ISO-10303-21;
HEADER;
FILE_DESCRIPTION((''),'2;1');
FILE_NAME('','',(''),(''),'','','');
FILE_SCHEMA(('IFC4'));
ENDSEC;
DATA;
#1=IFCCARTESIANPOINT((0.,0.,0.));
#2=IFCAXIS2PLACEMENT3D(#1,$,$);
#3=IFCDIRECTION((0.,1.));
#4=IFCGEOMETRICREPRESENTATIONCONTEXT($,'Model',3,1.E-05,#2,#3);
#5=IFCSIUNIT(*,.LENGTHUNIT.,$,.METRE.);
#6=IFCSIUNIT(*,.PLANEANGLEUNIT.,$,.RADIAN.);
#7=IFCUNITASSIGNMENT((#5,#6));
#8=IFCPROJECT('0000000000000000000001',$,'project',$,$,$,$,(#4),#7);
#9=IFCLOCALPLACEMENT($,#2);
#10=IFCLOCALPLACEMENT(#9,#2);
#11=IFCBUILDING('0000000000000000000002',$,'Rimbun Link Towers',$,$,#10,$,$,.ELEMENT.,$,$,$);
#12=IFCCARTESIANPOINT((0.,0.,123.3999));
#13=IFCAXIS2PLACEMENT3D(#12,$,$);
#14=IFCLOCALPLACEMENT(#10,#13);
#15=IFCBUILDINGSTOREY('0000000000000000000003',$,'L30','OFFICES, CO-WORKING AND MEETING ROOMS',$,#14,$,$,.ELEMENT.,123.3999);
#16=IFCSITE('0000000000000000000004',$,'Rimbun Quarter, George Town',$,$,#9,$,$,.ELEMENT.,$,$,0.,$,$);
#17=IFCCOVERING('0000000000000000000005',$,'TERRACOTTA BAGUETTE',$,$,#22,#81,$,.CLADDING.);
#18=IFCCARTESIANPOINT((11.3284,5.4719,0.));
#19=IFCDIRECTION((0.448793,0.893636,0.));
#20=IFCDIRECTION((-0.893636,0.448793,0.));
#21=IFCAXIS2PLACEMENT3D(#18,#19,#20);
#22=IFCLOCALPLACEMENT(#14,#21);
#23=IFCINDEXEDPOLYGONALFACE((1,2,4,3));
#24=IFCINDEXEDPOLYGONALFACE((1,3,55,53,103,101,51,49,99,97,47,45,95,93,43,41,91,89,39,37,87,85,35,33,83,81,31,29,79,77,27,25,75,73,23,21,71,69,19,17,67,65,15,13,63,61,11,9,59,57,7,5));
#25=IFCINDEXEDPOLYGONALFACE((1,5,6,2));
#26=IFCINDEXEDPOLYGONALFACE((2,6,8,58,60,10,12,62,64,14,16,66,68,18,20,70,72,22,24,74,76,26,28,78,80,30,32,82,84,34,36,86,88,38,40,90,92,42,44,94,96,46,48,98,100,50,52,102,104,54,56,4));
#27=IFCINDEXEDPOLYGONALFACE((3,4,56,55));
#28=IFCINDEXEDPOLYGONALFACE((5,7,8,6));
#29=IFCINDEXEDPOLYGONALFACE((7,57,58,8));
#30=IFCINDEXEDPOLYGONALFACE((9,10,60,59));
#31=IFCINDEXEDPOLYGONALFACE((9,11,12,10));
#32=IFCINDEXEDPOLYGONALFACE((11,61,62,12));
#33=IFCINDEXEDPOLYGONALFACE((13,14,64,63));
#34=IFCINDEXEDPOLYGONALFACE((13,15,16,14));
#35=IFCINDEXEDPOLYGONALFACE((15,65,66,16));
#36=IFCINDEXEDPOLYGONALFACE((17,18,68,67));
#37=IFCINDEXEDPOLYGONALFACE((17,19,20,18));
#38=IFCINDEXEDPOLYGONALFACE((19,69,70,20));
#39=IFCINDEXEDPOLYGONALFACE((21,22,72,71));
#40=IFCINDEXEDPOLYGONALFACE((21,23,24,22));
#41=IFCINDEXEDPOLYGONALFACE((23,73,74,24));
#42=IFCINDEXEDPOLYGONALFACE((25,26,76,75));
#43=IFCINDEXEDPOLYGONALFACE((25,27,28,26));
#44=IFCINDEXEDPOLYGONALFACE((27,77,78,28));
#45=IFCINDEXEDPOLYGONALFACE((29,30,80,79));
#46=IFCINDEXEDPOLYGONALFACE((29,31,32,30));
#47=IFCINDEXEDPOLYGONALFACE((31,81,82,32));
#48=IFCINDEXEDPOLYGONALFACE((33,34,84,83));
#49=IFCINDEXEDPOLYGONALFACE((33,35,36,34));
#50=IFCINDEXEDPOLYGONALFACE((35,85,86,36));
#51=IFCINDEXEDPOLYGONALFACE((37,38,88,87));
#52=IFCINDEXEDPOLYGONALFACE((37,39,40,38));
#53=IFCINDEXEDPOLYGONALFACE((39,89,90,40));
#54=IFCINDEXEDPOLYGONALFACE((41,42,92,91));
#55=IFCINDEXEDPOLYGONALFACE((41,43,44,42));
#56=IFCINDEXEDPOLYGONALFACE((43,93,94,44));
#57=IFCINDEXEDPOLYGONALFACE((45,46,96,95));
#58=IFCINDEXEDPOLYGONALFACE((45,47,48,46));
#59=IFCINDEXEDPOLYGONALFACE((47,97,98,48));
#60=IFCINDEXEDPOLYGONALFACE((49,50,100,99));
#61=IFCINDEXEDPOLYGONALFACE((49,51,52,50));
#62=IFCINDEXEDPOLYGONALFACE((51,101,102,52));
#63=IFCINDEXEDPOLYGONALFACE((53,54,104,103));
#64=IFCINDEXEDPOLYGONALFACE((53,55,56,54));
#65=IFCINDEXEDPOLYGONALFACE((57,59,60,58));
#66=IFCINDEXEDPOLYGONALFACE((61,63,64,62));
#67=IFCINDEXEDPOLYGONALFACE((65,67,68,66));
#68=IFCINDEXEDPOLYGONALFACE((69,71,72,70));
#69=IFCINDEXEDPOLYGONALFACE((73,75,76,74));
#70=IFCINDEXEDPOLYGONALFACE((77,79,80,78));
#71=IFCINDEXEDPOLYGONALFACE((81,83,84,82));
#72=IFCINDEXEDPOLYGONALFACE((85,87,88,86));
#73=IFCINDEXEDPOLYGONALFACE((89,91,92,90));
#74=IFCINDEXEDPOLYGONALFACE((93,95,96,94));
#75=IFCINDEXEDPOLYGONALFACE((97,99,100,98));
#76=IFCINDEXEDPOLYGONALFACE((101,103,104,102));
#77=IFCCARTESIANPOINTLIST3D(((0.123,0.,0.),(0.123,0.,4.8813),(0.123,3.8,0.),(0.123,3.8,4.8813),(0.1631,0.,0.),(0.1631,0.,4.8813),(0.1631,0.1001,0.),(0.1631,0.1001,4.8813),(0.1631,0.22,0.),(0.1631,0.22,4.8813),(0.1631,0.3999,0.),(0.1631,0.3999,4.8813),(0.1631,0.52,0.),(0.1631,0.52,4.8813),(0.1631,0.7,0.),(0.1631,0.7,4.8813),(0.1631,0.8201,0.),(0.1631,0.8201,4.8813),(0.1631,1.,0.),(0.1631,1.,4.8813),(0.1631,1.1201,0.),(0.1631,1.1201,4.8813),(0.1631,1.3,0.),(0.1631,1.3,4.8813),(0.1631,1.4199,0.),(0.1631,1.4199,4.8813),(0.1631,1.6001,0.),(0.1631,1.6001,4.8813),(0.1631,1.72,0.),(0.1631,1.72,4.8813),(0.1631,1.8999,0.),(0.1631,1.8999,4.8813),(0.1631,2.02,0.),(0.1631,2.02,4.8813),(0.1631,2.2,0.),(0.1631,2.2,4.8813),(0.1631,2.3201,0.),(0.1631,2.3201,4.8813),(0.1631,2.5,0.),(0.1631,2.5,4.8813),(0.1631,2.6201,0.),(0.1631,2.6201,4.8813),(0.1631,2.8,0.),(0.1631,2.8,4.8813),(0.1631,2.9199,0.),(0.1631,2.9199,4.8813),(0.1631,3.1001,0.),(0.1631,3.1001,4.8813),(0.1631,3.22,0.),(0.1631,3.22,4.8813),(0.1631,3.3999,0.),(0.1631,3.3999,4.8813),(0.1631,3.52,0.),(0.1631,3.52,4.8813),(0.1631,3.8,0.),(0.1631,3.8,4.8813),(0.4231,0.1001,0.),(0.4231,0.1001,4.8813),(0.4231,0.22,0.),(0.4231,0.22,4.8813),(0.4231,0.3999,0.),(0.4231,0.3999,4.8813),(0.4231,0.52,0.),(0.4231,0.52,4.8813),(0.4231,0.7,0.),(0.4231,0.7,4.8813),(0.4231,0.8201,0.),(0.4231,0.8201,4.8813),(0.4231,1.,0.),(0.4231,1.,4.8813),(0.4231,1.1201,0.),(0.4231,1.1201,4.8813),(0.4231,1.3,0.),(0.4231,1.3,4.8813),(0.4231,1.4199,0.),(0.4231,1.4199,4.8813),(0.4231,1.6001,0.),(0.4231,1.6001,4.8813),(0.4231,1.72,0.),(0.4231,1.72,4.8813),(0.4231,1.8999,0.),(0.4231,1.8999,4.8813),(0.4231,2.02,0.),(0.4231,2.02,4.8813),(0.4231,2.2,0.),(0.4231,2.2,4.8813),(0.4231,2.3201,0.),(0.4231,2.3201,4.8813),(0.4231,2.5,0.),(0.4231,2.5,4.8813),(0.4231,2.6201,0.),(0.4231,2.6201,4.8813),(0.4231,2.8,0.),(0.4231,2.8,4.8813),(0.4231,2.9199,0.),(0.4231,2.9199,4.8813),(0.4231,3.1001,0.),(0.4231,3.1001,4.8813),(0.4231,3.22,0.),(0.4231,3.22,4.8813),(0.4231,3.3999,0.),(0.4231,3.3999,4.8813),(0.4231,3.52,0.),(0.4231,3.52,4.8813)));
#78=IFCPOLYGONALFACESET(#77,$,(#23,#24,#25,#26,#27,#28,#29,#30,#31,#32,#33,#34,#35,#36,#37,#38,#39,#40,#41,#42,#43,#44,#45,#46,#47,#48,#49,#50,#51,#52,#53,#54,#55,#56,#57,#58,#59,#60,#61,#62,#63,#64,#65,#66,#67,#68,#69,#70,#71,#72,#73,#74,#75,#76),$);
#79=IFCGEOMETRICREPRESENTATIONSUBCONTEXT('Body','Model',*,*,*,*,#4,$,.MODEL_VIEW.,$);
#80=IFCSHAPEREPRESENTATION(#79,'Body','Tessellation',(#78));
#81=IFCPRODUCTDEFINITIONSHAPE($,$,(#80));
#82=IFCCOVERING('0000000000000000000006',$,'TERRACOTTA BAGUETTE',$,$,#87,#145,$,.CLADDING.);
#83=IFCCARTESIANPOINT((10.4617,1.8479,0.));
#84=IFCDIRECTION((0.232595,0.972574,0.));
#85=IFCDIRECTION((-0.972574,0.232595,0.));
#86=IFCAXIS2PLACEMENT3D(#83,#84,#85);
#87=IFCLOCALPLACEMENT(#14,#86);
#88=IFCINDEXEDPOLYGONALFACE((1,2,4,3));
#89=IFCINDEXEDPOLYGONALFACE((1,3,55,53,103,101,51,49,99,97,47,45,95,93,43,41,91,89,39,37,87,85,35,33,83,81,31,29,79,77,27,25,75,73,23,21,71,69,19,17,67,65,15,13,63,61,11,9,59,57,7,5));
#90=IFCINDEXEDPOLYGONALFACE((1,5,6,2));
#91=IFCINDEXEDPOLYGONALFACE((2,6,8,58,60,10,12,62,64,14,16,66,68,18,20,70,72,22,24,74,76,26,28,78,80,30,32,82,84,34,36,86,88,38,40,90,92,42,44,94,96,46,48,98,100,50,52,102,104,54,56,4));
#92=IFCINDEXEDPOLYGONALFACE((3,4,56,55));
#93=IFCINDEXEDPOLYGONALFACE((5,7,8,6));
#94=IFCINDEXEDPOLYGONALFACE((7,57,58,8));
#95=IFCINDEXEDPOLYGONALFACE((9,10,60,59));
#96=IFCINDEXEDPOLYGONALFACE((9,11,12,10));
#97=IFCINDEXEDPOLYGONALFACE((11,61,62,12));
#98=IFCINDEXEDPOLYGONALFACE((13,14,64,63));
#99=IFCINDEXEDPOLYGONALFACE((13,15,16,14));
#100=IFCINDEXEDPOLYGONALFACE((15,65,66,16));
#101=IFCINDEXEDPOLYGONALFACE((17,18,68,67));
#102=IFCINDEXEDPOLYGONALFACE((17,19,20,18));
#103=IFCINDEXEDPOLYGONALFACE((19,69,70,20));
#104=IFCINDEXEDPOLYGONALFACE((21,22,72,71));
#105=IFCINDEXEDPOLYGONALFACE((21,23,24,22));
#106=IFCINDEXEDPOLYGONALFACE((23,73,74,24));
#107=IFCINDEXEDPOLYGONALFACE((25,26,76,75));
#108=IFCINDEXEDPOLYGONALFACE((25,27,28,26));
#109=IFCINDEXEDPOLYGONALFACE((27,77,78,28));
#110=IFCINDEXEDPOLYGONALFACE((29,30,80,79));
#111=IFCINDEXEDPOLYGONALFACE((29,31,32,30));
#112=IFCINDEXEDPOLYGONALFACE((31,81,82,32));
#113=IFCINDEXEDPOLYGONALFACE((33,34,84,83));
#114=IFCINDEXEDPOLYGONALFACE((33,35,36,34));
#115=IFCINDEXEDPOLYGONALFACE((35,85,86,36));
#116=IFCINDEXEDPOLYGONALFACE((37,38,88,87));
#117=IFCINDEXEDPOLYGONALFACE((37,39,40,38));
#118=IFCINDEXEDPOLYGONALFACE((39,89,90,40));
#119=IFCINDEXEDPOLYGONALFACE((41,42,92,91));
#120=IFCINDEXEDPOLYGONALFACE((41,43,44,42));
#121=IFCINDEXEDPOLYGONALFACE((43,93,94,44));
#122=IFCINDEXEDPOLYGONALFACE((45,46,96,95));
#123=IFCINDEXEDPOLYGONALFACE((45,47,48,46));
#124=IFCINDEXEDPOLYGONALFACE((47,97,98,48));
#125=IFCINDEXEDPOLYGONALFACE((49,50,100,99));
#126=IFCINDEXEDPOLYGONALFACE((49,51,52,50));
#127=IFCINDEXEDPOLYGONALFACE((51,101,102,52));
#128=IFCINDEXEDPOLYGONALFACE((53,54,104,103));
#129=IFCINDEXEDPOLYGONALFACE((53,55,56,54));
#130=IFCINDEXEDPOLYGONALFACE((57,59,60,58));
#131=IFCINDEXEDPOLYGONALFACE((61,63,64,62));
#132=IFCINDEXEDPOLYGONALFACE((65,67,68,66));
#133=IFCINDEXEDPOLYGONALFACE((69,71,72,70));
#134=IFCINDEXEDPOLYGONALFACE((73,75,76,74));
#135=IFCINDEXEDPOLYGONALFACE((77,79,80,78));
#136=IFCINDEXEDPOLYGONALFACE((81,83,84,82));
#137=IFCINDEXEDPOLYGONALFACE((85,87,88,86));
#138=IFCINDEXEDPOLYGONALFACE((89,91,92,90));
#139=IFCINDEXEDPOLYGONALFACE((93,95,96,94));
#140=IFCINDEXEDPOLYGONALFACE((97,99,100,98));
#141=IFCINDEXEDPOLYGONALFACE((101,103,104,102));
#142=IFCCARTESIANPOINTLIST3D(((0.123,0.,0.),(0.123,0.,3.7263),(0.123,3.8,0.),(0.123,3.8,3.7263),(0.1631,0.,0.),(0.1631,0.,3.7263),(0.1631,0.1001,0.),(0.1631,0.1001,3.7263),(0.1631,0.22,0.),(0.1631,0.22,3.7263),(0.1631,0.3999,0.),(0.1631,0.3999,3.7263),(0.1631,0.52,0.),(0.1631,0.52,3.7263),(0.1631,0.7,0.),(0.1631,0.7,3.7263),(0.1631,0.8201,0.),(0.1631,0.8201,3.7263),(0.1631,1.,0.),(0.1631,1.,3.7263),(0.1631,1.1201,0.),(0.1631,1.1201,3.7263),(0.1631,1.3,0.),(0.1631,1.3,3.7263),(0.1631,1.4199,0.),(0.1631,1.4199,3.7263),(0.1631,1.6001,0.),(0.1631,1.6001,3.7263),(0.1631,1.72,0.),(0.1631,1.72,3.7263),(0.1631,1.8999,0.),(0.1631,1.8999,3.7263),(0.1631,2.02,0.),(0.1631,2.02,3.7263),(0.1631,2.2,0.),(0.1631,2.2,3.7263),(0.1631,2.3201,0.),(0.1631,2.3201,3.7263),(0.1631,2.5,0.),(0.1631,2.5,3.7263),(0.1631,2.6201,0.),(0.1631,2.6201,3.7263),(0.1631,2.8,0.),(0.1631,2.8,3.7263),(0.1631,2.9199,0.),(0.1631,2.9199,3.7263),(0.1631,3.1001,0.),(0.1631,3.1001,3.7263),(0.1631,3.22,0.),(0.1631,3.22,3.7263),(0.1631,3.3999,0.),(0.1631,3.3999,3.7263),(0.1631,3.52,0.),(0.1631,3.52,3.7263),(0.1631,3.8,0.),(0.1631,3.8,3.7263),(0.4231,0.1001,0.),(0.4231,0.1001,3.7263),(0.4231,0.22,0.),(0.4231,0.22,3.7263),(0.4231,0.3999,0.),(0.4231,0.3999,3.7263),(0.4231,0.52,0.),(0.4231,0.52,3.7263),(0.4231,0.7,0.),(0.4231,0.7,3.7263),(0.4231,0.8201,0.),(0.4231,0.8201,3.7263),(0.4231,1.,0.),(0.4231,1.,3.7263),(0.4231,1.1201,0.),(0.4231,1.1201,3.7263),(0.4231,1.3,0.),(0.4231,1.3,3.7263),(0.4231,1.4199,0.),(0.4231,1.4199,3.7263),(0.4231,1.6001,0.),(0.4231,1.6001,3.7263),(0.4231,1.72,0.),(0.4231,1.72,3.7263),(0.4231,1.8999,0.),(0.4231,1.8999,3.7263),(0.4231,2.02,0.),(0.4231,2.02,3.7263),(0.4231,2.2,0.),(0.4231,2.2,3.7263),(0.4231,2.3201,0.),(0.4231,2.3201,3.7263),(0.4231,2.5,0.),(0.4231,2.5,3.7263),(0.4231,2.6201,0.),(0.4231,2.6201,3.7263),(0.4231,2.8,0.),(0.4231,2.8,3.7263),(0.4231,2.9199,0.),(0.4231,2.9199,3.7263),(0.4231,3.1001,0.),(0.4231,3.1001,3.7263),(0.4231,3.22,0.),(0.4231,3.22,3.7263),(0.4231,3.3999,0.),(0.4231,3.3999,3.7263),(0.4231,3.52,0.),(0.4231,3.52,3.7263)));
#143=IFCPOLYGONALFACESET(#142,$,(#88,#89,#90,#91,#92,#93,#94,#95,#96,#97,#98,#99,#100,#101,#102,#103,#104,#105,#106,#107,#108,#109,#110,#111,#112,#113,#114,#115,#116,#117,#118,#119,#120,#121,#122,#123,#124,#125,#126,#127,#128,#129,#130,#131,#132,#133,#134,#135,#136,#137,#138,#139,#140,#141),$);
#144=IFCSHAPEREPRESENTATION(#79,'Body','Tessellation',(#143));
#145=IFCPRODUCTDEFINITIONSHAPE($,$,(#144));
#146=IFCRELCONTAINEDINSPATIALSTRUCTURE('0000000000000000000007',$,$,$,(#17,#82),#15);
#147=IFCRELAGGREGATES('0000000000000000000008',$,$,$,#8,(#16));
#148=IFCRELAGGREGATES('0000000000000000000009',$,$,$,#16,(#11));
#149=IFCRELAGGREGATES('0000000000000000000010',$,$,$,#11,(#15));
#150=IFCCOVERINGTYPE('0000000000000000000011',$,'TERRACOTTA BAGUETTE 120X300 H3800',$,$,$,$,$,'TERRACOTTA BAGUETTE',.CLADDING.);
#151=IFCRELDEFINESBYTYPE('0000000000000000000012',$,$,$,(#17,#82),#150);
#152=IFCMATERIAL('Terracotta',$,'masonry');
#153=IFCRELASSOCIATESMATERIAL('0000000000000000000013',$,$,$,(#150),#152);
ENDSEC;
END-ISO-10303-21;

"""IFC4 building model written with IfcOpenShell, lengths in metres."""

from ifc_helpers import new_model, si_unit, direction, frame, origin, place, context, subcontext, project, spatial, polyline, outline, extrude, material, material_profile, profile_set, type_object, element, save


model = new_model("IFC4")

# Units and contexts
model_context = context("Model", 3, precision=1e-05, world=origin(), true_north=direction((0.0, 1.0)))
body_context = subcontext(model_context, "Body", "Model", "MODEL_VIEW")
ifc_project = project(units=[si_unit("LENGTHUNIT", "METRE"), si_unit("PLANEANGLEUNIT", "RADIAN")], contexts=[model_context])

# Site, building, storey
site_placement = place(None, origin())
site = spatial("IfcSite", under=ifc_project, at=site_placement, Name="Rimbun Quarter, George Town", CompositionType="ELEMENT", RefElevation=0.0)
building_placement = place(site_placement, origin())
building = spatial("IfcBuilding", under=site, at=building_placement, Name="Rimbun Link Towers", CompositionType="ELEMENT")
storey_placement = place(building_placement, frame((0.0, 0.0, 123.3999)))
storey = spatial("IfcBuildingStorey", under=building, at=storey_placement, Name="L30", Description="OFFICES, CO-WORKING AND MEETING ROOMS", CompositionType="ELEMENT", Elevation=123.3999)

# Coverings
ifc_material_1 = material(Name="Terracotta", Category="masonry")
ifc_material_profile_1 = material_profile(ifc_material_1, outline(polyline([(0.123, 0.0), (0.1631, 0.0), (0.1631, 0.1001), (0.4231, 0.1001), (0.4231, 0.22), (0.1631, 0.22), (0.1631, 0.3999), (0.4231, 0.3999), (0.4231, 0.52), (0.1631, 0.52), (0.1631, 0.7), (0.4231, 0.7), (0.4231, 0.8201), (0.1631, 0.8201), (0.1631, 1.0), (0.4231, 1.0), (0.4231, 1.1201), (0.1631, 1.1201), (0.1631, 1.3), (0.4231, 1.3), (0.4231, 1.4199), (0.1631, 1.4199), (0.1631, 1.6001), (0.4231, 1.6001), (0.4231, 1.72), (0.1631, 1.72), (0.1631, 1.8999), (0.4231, 1.8999), (0.4231, 2.02), (0.1631, 2.02), (0.1631, 2.2), (0.4231, 2.2), (0.4231, 2.3201), (0.1631, 2.3201), (0.1631, 2.5), (0.4231, 2.5), (0.4231, 2.6201), (0.1631, 2.6201), (0.1631, 2.8), (0.4231, 2.8), (0.4231, 2.9199), (0.1631, 2.9199), (0.1631, 3.1001), (0.4231, 3.1001), (0.4231, 3.22), (0.1631, 3.22), (0.1631, 3.3999), (0.4231, 3.3999), (0.4231, 3.52), (0.1631, 3.52), (0.1631, 3.8), (0.123, 3.8), (0.123, 0.0)])), Name="BAGUETTE 120X300")
ifc_profile_set_1 = profile_set([ifc_material_profile_1], Name="Terracotta")
covering_type_1 = type_object("IfcCoveringType", Name="TERRACOTTA BAGUETTE 120X300 H3800", ElementType="TERRACOTTA BAGUETTE", PredefinedType="CLADDING", material=ifc_profile_set_1)
covering_1_placement = place(storey_placement, frame((11.3284, 5.4719, 0.0), z_axis=(0.448793, 0.893636, 0.0), x_axis=(-0.893636, 0.448793, 0.0)))
element("IfcCovering", 1, at=covering_1_placement, inside=storey, type_object=covering_type_1, Name="TERRACOTTA BAGUETTE", PredefinedType="CLADDING", context=body_context, shape_type="SweptSolid", body=[
    extrude(outline(polyline([(0.123, 0.0), (0.1631, 0.0), (0.1631, 0.1001), (0.4231, 0.1001), (0.4231, 0.22), (0.1631, 0.22), (0.1631, 0.3999), (0.4231, 0.3999), (0.4231, 0.52), (0.1631, 0.52), (0.1631, 0.7), (0.4231, 0.7), (0.4231, 0.8201), (0.1631, 0.8201), (0.1631, 1.0), (0.4231, 1.0), (0.4231, 1.1201), (0.1631, 1.1201), (0.1631, 1.3), (0.4231, 1.3), (0.4231, 1.4199), (0.1631, 1.4199), (0.1631, 1.6001), (0.4231, 1.6001), (0.4231, 1.72), (0.1631, 1.72), (0.1631, 1.8999), (0.4231, 1.8999), (0.4231, 2.02), (0.1631, 2.02), (0.1631, 2.2), (0.4231, 2.2), (0.4231, 2.3201), (0.1631, 2.3201), (0.1631, 2.5), (0.4231, 2.5), (0.4231, 2.6201), (0.1631, 2.6201), (0.1631, 2.8), (0.4231, 2.8), (0.4231, 2.9199), (0.1631, 2.9199), (0.1631, 3.1001), (0.4231, 3.1001), (0.4231, 3.22), (0.1631, 3.22), (0.1631, 3.3999), (0.4231, 3.3999), (0.4231, 3.52), (0.1631, 3.52), (0.1631, 3.8), (0.123, 3.8), (0.123, 0.0)])), origin(), (0.0, 0.0, 1.0), 4.8813),
])
covering_2_placement = place(storey_placement, frame((10.4617, 1.8479, 0.0), z_axis=(0.232595, 0.972574, 0.0), x_axis=(-0.972574, 0.232595, 0.0)))
element("IfcCovering", 2, at=covering_2_placement, inside=storey, type_object=covering_type_1, Name="TERRACOTTA BAGUETTE", PredefinedType="CLADDING", context=body_context, shape_type="SweptSolid", body=[
    extrude(outline(polyline([(0.123, 0.0), (0.1631, 0.0), (0.1631, 0.1001), (0.4231, 0.1001), (0.4231, 0.22), (0.1631, 0.22), (0.1631, 0.3999), (0.4231, 0.3999), (0.4231, 0.52), (0.1631, 0.52), (0.1631, 0.7), (0.4231, 0.7), (0.4231, 0.8201), (0.1631, 0.8201), (0.1631, 1.0), (0.4231, 1.0), (0.4231, 1.1201), (0.1631, 1.1201), (0.1631, 1.3), (0.4231, 1.3), (0.4231, 1.4199), (0.1631, 1.4199), (0.1631, 1.6001), (0.4231, 1.6001), (0.4231, 1.72), (0.1631, 1.72), (0.1631, 1.8999), (0.4231, 1.8999), (0.4231, 2.02), (0.1631, 2.02), (0.1631, 2.2), (0.4231, 2.2), (0.4231, 2.3201), (0.1631, 2.3201), (0.1631, 2.5), (0.4231, 2.5), (0.4231, 2.6201), (0.1631, 2.6201), (0.1631, 2.8), (0.4231, 2.8), (0.4231, 2.9199), (0.1631, 2.9199), (0.1631, 3.1001), (0.4231, 3.1001), (0.4231, 3.22), (0.1631, 3.22), (0.1631, 3.3999), (0.4231, 3.3999), (0.4231, 3.52), (0.1631, 3.52), (0.1631, 3.8), (0.123, 3.8), (0.123, 0.0)])), origin(), (0.0, 0.0, 1.0), 3.7263),
])

save(model, "model.ifc")
